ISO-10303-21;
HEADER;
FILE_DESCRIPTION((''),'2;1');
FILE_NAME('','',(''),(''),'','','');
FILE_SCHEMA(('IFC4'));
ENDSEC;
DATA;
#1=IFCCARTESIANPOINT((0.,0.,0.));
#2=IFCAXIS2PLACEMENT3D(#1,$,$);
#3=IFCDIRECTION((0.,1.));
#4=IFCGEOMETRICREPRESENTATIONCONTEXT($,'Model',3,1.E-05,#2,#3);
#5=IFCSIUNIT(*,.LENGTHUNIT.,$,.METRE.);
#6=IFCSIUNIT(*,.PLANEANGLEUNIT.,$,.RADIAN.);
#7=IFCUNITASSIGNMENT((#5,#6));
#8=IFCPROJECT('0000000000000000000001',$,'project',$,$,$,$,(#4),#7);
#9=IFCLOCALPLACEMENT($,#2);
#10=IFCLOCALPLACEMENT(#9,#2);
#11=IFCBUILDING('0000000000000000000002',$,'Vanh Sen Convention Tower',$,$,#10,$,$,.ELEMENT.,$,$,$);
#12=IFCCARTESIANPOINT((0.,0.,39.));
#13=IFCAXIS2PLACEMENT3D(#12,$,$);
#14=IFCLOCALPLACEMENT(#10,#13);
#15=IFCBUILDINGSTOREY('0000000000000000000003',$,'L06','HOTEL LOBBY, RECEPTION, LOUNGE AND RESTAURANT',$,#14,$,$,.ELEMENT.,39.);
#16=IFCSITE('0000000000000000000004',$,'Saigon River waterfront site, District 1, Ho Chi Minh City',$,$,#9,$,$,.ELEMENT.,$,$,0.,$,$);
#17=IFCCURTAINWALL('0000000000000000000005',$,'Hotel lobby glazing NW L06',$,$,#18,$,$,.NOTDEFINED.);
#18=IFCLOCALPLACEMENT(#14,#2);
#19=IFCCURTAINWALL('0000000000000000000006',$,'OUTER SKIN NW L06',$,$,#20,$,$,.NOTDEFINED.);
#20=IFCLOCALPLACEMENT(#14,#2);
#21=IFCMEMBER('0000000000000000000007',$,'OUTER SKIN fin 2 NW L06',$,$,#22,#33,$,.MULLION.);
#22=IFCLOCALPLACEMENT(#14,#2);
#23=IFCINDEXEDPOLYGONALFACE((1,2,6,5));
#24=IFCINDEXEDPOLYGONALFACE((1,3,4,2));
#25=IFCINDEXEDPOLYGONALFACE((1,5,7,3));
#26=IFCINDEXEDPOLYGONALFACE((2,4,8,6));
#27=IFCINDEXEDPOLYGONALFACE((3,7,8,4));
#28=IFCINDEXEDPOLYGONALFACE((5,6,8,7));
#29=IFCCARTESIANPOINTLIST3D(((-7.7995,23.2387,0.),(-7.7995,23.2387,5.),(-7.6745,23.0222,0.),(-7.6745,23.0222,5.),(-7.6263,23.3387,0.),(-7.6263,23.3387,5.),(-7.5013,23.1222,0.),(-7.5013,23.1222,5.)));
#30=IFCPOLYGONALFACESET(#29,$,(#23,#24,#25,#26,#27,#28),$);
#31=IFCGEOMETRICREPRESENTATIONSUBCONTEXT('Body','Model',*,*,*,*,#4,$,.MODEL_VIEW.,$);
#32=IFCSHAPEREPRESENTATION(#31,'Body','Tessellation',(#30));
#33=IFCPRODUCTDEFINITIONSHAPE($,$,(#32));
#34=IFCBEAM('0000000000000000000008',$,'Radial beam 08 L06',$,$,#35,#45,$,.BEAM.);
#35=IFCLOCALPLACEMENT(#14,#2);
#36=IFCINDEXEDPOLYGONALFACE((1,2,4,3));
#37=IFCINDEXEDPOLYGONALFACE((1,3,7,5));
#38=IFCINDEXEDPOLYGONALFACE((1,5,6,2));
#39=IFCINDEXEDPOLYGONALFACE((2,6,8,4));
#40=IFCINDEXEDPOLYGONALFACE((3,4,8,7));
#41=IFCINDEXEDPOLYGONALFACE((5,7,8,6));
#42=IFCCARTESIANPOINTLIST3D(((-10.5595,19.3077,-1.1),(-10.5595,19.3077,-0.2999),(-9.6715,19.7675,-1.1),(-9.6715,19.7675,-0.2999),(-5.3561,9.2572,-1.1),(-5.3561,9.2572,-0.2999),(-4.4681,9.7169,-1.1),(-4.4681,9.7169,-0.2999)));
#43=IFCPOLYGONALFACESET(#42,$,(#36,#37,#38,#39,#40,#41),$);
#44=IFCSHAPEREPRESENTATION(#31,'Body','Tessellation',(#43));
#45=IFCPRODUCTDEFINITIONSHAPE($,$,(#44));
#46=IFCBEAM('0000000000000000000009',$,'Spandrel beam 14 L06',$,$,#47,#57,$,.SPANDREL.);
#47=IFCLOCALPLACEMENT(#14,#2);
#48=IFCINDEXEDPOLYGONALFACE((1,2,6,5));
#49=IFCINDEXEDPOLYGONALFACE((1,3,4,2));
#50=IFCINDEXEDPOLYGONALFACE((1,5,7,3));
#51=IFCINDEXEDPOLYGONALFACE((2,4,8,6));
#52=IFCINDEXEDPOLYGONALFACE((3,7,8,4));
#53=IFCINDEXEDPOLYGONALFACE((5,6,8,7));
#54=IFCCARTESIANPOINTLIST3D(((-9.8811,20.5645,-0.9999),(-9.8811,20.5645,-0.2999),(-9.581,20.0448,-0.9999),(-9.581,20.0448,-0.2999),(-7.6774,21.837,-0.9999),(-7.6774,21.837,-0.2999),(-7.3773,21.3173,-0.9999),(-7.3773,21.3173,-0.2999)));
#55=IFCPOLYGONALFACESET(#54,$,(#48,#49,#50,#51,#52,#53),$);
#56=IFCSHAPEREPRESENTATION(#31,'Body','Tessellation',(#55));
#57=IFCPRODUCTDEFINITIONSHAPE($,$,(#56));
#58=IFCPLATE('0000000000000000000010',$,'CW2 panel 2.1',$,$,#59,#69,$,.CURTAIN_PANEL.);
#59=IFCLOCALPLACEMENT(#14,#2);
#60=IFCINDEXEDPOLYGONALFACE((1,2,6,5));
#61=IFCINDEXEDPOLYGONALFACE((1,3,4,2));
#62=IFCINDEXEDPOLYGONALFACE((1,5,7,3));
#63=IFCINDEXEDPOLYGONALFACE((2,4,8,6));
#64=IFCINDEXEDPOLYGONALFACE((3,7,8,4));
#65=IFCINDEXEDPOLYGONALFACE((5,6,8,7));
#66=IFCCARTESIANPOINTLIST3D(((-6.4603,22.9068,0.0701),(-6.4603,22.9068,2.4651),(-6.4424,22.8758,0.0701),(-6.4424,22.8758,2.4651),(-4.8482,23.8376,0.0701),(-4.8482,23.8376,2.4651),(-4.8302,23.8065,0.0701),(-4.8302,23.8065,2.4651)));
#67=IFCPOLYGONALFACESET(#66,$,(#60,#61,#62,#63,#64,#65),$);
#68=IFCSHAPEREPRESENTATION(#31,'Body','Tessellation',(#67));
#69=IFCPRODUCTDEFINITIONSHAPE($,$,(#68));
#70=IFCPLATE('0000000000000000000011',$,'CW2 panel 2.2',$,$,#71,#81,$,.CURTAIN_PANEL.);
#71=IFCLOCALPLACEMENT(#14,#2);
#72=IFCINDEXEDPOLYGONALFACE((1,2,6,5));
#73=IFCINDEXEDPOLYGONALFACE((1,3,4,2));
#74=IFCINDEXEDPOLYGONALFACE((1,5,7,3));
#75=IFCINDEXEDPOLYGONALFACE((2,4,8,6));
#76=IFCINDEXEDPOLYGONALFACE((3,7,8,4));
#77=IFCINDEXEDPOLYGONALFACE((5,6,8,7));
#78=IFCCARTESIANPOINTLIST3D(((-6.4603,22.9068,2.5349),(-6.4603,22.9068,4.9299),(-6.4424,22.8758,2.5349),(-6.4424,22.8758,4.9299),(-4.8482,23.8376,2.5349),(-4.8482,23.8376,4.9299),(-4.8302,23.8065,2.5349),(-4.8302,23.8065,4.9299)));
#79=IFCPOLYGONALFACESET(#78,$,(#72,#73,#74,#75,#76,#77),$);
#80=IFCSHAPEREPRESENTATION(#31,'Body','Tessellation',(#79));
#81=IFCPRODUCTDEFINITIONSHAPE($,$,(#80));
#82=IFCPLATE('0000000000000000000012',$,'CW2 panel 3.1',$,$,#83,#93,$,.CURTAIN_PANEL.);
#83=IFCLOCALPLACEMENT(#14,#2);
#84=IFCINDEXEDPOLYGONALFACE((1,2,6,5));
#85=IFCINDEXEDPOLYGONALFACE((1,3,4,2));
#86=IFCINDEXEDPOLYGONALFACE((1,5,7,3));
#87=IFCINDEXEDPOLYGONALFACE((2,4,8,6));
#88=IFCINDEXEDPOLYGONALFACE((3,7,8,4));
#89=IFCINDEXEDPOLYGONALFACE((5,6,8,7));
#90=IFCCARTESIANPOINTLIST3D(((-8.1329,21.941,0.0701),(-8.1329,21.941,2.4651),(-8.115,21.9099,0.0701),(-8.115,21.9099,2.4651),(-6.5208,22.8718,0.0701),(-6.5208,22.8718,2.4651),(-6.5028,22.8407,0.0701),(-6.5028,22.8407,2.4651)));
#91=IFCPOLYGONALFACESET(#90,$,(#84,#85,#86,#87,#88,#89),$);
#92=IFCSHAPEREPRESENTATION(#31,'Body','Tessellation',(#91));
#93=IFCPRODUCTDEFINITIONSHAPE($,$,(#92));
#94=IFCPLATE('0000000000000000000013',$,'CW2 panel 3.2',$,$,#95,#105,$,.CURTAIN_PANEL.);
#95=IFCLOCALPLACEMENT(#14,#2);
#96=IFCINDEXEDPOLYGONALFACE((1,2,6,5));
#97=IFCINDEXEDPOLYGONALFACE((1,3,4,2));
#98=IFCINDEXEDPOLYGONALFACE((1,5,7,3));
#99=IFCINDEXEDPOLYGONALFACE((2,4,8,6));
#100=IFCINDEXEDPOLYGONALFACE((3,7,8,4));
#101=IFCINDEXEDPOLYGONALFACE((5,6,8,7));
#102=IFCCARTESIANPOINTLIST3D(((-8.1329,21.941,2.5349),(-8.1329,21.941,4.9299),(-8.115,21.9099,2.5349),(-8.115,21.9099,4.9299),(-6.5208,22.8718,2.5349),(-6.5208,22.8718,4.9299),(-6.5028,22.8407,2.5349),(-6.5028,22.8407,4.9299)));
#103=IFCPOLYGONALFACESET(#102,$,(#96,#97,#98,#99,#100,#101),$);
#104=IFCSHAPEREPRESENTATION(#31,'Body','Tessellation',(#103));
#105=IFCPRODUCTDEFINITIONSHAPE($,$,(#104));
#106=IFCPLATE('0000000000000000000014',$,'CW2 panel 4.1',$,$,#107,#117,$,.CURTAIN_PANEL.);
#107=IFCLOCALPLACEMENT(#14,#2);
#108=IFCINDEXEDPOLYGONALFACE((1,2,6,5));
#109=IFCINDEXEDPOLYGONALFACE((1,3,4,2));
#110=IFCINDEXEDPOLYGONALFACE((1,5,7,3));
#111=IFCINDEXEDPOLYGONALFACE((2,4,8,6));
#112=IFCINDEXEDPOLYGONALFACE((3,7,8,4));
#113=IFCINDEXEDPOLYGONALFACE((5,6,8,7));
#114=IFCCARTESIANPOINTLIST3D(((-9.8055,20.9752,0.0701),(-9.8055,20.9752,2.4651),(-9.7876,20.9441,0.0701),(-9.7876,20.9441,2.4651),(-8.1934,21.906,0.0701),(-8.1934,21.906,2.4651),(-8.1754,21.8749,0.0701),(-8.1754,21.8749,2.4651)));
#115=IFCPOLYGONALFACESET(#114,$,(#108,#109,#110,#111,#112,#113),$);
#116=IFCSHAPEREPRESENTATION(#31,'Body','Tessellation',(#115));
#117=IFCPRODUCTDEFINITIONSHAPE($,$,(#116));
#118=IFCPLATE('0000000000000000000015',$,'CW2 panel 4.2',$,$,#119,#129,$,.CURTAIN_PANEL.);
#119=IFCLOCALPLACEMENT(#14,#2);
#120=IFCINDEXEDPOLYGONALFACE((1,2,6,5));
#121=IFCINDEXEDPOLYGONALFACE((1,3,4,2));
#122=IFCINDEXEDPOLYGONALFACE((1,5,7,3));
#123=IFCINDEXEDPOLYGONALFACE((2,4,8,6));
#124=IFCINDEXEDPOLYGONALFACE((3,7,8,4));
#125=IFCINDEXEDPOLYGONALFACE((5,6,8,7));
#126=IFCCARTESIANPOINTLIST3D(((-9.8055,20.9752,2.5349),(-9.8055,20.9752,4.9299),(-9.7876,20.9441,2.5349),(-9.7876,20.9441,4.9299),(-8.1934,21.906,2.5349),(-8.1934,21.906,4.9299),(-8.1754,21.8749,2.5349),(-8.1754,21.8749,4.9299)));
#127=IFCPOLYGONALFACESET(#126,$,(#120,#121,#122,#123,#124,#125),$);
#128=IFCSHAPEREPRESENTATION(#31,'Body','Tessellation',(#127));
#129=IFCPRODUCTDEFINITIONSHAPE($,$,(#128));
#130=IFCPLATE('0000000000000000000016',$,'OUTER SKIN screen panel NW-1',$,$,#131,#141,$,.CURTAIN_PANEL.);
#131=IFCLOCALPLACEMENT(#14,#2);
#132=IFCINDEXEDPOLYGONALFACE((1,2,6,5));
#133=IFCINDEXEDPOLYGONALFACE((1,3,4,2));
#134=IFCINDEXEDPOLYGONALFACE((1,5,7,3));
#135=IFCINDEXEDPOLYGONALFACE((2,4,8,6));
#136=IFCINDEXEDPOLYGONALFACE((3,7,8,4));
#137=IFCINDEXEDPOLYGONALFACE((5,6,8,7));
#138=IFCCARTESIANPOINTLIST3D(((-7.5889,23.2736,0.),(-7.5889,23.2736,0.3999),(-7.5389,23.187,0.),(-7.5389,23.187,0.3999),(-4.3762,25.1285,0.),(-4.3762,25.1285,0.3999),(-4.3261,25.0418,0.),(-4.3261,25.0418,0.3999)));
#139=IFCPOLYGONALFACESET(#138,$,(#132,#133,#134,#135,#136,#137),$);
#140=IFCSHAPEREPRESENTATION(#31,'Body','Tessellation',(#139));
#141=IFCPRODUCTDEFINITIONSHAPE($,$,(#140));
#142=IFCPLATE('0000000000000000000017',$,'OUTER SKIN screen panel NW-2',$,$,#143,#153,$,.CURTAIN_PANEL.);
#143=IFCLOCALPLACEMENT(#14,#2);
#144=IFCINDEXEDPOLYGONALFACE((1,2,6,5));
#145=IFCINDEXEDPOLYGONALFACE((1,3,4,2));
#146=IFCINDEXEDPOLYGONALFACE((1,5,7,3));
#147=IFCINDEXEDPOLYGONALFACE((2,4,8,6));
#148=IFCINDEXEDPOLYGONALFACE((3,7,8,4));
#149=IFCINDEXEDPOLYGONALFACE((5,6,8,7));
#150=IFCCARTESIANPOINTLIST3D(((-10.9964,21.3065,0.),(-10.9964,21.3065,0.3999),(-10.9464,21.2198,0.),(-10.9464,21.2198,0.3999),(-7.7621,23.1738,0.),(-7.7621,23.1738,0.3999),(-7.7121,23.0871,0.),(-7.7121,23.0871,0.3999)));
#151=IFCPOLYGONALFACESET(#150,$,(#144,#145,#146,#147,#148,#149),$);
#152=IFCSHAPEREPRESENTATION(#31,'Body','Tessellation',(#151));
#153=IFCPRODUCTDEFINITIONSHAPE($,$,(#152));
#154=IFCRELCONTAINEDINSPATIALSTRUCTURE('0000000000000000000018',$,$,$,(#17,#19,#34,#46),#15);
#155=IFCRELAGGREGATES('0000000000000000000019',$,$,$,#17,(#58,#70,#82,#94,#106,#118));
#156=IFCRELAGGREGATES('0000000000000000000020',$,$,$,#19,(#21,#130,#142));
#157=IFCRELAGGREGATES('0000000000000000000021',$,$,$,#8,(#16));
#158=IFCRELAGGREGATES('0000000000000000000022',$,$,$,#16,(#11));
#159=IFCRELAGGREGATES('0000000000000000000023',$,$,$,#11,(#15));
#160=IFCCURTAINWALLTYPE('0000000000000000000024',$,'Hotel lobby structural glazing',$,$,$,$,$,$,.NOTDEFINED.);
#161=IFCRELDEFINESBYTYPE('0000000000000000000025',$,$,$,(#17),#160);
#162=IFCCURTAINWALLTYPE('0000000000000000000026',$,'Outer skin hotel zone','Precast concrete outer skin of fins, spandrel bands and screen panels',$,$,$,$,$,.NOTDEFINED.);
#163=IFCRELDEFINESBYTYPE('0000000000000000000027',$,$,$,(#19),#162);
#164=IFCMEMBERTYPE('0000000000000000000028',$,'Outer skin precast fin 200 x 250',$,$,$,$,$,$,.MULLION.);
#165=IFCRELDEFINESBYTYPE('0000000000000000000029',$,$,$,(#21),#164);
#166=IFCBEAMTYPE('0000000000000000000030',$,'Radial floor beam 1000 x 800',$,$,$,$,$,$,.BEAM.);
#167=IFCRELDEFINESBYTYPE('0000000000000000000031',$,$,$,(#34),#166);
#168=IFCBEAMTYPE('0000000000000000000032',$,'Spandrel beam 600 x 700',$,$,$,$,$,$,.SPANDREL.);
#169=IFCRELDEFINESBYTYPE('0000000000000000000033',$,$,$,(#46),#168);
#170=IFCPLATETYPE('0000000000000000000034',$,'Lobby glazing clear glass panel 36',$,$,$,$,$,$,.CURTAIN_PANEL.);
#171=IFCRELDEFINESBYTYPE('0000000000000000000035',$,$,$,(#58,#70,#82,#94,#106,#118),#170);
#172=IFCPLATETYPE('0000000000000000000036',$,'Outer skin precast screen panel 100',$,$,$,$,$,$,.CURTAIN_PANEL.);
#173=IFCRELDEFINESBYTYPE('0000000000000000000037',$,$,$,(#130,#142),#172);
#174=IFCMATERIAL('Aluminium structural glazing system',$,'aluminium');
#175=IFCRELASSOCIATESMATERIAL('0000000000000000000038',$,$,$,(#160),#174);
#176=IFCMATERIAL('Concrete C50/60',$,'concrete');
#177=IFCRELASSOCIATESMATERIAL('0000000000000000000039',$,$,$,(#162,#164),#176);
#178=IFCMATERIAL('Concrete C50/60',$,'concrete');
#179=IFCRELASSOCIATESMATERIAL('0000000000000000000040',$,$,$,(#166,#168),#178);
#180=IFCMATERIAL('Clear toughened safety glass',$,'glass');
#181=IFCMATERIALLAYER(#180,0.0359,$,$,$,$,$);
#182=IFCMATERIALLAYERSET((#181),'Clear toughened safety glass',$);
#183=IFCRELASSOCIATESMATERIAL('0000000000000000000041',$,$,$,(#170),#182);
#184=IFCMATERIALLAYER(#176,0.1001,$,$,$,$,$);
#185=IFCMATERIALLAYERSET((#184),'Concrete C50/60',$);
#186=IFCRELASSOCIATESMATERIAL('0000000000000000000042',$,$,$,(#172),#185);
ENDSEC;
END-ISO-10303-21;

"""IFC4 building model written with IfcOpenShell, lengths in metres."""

from ifc_helpers import new_model, si_unit, direction, frame, origin, origin_2d, place, context, subcontext, project, spatial, rectangle, extrude, material, layer, layer_set, material_profile, profile_set, type_object, element, aggregate, save


model = new_model("IFC4")

# Units and contexts
model_context = context("Model", 3, precision=1e-05, world=origin(), true_north=direction((0.0, 1.0)))
body_context = subcontext(model_context, "Body", "Model", "MODEL_VIEW")
ifc_project = project(units=[si_unit("LENGTHUNIT", "METRE"), si_unit("PLANEANGLEUNIT", "RADIAN")], contexts=[model_context])

# Site, building, storey
site_placement = place(None, origin())
site = spatial("IfcSite", under=ifc_project, at=site_placement, Name="Saigon River waterfront site, District 1, Ho Chi Minh City", CompositionType="ELEMENT", RefElevation=0.0)
building_placement = place(site_placement, origin())
building = spatial("IfcBuilding", under=site, at=building_placement, Name="Vanh Sen Convention Tower", CompositionType="ELEMENT")
storey_placement = place(building_placement, frame((0.0, 0.0, 39.0)))
storey = spatial("IfcBuildingStorey", under=building, at=storey_placement, Name="L06", Description="HOTEL LOBBY, RECEPTION, LOUNGE AND RESTAURANT", CompositionType="ELEMENT", Elevation=39.0)

# Curtain wall
ifc_material_1 = material(Name="Aluminium structural glazing system", Category="aluminium")
curtain_wall_type_1 = type_object("IfcCurtainWallType", Name="Hotel lobby structural glazing", PredefinedType="NOTDEFINED", material=ifc_material_1)
curtain_wall_1_placement = place(storey_placement, origin())
curtain_wall_1 = element("IfcCurtainWall", 1, at=curtain_wall_1_placement, inside=storey, type_object=curtain_wall_type_1, Name="Hotel lobby glazing NW L06", PredefinedType="NOTDEFINED")

# Curtain wall, member
ifc_material_2 = material(Name="Concrete C50/60", Category="concrete")
curtain_wall_type_2 = type_object("IfcCurtainWallType", Name="Outer skin hotel zone", Description="Precast concrete outer skin of fins, spandrel bands and screen panels", PredefinedType="NOTDEFINED", material=ifc_material_2)
curtain_wall_2_placement = place(storey_placement, origin())
curtain_wall_2 = element("IfcCurtainWall", 2, at=curtain_wall_2_placement, inside=storey, type_object=curtain_wall_type_2, Name="OUTER SKIN NW L06", PredefinedType="NOTDEFINED")
ifc_material_profile_1 = material_profile(ifc_material_2, rectangle(XDim=0.2, YDim=0.25, at=origin_2d()), Name="Outer skin precast fin 200 x 250")
ifc_profile_set_1 = profile_set([ifc_material_profile_1], Name="Concrete C50/60")
member_type_1 = type_object("IfcMemberType", Name="Outer skin precast fin 200 x 250", PredefinedType="MULLION", material=ifc_profile_set_1)
member_1_placement = place(storey_placement, frame((-7.6504, 23.1804, 0.0), z_axis=(0.0, 0.0, 1.0), x_axis=(-0.866025, -0.5, 0.0)))
member_1 = element("IfcMember", 3, at=member_1_placement, type_object=member_type_1, Name="OUTER SKIN fin 2 NW L06", PredefinedType="MULLION", context=body_context, shape_type="SweptSolid", body=[
    extrude(rectangle(XDim=0.2, YDim=0.25, at=origin_2d()), origin(), (0.0, 0.0, 1.0), 5.0),
])

# Beams
ifc_material_3 = material(Name="Concrete C50/60", Category="concrete")
ifc_material_profile_2 = material_profile(ifc_material_3, rectangle(XDim=1.0, YDim=0.8, at=origin_2d()), Name="RC 1000X800")
ifc_profile_set_2 = profile_set([ifc_material_profile_2], Name="Concrete C50/60")
beam_type_1 = type_object("IfcBeamType", Name="Radial floor beam 1000 x 800", PredefinedType="BEAM", material=ifc_profile_set_2)
beam_1_placement = place(storey_placement, frame((-10.1155, 19.5376, -0.7), z_axis=(0.459759, -0.888044, 0.0), x_axis=(0.888044, 0.459759, 0.0)))
element("IfcBeam", 4, at=beam_1_placement, inside=storey, type_object=beam_type_1, Name="Radial beam 08 L06", PredefinedType="BEAM", context=body_context, shape_type="SweptSolid", body=[
    extrude(rectangle(XDim=1.0, YDim=0.8, at=origin_2d()), origin(), (0.0, 0.0, 1.0), 11.3176),
])
ifc_material_profile_3 = material_profile(ifc_material_3, rectangle(XDim=0.6001, YDim=0.7, at=origin_2d()), Name="RC 600X700")
ifc_profile_set_3 = profile_set([ifc_material_profile_3], Name="Concrete C50/60")
beam_type_2 = type_object("IfcBeamType", Name="Spandrel beam 600 x 700", PredefinedType="SPANDREL", material=ifc_profile_set_3)
beam_2_placement = place(storey_placement, frame((-7.5273, 21.5771, -0.6499), z_axis=(-0.865991, -0.50006, 0.0), x_axis=(0.50006, -0.865991, 0.0)))
element("IfcBeam", 5, at=beam_2_placement, inside=storey, type_object=beam_type_2, Name="Spandrel beam 14 L06", PredefinedType="SPANDREL", context=body_context, shape_type="SweptSolid", body=[
    extrude(rectangle(XDim=0.6001, YDim=0.7, at=origin_2d()), origin(), (0.0, 0.0, 1.0), 2.5447),
])

# Plates
ifc_material_4 = material(Name="Clear toughened safety glass", Category="glass")
ifc_layer_1 = layer(ifc_material_4, 0.0359)
ifc_layer_set_1 = layer_set([ifc_layer_1], Name="Clear toughened safety glass")
plate_type_1 = type_object("IfcPlateType", Name="Lobby glazing clear glass panel 36", PredefinedType="CURTAIN_PANEL", material=ifc_layer_set_1)
plate_1_placement = place(storey_placement, frame((-5.6453, 23.3567, 0.0701), z_axis=(0.0, 0.0, 1.0), x_axis=(-0.866025, -0.500001, 0.0)))
plate_1 = element("IfcPlate", 6, at=plate_1_placement, type_object=plate_type_1, Name="CW2 panel 2.1", PredefinedType="CURTAIN_PANEL", context=body_context, shape_type="SweptSolid", body=[
    extrude(rectangle(XDim=1.8616, YDim=0.0359, at=origin_2d()), origin(), (0.0, 0.0, 1.0), 2.395),
])
plate_2_placement = place(storey_placement, frame((-5.6453, 23.3567, 2.5349), z_axis=(0.0, 0.0, 1.0), x_axis=(-0.866025, -0.500001, 0.0)))
plate_2 = element("IfcPlate", 7, at=plate_2_placement, type_object=plate_type_1, Name="CW2 panel 2.2", PredefinedType="CURTAIN_PANEL", context=body_context, shape_type="SweptSolid", body=[
    extrude(rectangle(XDim=1.8616, YDim=0.0359, at=origin_2d()), origin(), (0.0, 0.0, 1.0), 2.395),
])
plate_3_placement = place(storey_placement, frame((-7.3179, 22.3909, 0.0701), z_axis=(0.0, 0.0, 1.0), x_axis=(-0.866025, -0.500001, 0.0)))
plate_3 = element("IfcPlate", 8, at=plate_3_placement, type_object=plate_type_1, Name="CW2 panel 3.1", PredefinedType="CURTAIN_PANEL", context=body_context, shape_type="SweptSolid", body=[
    extrude(rectangle(XDim=1.8616, YDim=0.0359, at=origin_2d()), origin(), (0.0, 0.0, 1.0), 2.395),
])
plate_4_placement = place(storey_placement, frame((-7.3179, 22.3909, 2.5349), z_axis=(0.0, 0.0, 1.0), x_axis=(-0.866025, -0.500001, 0.0)))
plate_4 = element("IfcPlate", 9, at=plate_4_placement, type_object=plate_type_1, Name="CW2 panel 3.2", PredefinedType="CURTAIN_PANEL", context=body_context, shape_type="SweptSolid", body=[
    extrude(rectangle(XDim=1.8616, YDim=0.0359, at=origin_2d()), origin(), (0.0, 0.0, 1.0), 2.395),
])
plate_5_placement = place(storey_placement, frame((-8.9905, 21.425, 0.0701), z_axis=(0.0, 0.0, 1.0), x_axis=(-0.866025, -0.500001, 0.0)))
plate_5 = element("IfcPlate", 10, at=plate_5_placement, type_object=plate_type_1, Name="CW2 panel 4.1", PredefinedType="CURTAIN_PANEL", context=body_context, shape_type="SweptSolid", body=[
    extrude(rectangle(XDim=1.8616, YDim=0.0359, at=origin_2d()), origin(), (0.0, 0.0, 1.0), 2.395),
])
plate_6_placement = place(storey_placement, frame((-8.9905, 21.425, 2.5349), z_axis=(0.0, 0.0, 1.0), x_axis=(-0.866025, -0.500001, 0.0)))
plate_6 = element("IfcPlate", 11, at=plate_6_placement, type_object=plate_type_1, Name="CW2 panel 4.2", PredefinedType="CURTAIN_PANEL", context=body_context, shape_type="SweptSolid", body=[
    extrude(rectangle(XDim=1.8616, YDim=0.0359, at=origin_2d()), origin(), (0.0, 0.0, 1.0), 2.395),
])
aggregate(curtain_wall_1, [plate_1, plate_2, plate_3, plate_4, plate_5, plate_6])
ifc_layer_2 = layer(ifc_material_2, 0.1001)
ifc_layer_set_2 = layer_set([ifc_layer_2], Name="Concrete C50/60")
plate_type_2 = type_object("IfcPlateType", Name="Outer skin precast screen panel 100", PredefinedType="CURTAIN_PANEL", material=ifc_layer_set_2)
plate_7_placement = place(storey_placement, frame((-5.9575, 24.1577, 0.0), z_axis=(0.0, 0.0, 1.0), x_axis=(-0.866028, -0.499995, 0.0)))
plate_7 = element("IfcPlate", 12, at=plate_7_placement, type_object=plate_type_2, Name="OUTER SKIN screen panel NW-1", PredefinedType="CURTAIN_PANEL", context=body_context, shape_type="SweptSolid", body=[
    extrude(rectangle(XDim=3.7097, YDim=0.1001, at=origin_2d()), origin(), (0.0, 0.0, 1.0), 0.3999),
])
plate_8_placement = place(storey_placement, frame((-9.3542, 22.1968, 0.0), z_axis=(0.0, 0.0, 1.0), x_axis=(-0.866021, -0.500008, 0.0)))
plate_8 = element("IfcPlate", 13, at=plate_8_placement, type_object=plate_type_2, Name="OUTER SKIN screen panel NW-2", PredefinedType="CURTAIN_PANEL", context=body_context, shape_type="SweptSolid", body=[
    extrude(rectangle(XDim=3.7346, YDim=0.1001, at=origin_2d()), origin(), (0.0, 0.0, 1.0), 0.3999),
])
aggregate(curtain_wall_2, [member_1, plate_7, plate_8])

save(model, "model.ifc")
